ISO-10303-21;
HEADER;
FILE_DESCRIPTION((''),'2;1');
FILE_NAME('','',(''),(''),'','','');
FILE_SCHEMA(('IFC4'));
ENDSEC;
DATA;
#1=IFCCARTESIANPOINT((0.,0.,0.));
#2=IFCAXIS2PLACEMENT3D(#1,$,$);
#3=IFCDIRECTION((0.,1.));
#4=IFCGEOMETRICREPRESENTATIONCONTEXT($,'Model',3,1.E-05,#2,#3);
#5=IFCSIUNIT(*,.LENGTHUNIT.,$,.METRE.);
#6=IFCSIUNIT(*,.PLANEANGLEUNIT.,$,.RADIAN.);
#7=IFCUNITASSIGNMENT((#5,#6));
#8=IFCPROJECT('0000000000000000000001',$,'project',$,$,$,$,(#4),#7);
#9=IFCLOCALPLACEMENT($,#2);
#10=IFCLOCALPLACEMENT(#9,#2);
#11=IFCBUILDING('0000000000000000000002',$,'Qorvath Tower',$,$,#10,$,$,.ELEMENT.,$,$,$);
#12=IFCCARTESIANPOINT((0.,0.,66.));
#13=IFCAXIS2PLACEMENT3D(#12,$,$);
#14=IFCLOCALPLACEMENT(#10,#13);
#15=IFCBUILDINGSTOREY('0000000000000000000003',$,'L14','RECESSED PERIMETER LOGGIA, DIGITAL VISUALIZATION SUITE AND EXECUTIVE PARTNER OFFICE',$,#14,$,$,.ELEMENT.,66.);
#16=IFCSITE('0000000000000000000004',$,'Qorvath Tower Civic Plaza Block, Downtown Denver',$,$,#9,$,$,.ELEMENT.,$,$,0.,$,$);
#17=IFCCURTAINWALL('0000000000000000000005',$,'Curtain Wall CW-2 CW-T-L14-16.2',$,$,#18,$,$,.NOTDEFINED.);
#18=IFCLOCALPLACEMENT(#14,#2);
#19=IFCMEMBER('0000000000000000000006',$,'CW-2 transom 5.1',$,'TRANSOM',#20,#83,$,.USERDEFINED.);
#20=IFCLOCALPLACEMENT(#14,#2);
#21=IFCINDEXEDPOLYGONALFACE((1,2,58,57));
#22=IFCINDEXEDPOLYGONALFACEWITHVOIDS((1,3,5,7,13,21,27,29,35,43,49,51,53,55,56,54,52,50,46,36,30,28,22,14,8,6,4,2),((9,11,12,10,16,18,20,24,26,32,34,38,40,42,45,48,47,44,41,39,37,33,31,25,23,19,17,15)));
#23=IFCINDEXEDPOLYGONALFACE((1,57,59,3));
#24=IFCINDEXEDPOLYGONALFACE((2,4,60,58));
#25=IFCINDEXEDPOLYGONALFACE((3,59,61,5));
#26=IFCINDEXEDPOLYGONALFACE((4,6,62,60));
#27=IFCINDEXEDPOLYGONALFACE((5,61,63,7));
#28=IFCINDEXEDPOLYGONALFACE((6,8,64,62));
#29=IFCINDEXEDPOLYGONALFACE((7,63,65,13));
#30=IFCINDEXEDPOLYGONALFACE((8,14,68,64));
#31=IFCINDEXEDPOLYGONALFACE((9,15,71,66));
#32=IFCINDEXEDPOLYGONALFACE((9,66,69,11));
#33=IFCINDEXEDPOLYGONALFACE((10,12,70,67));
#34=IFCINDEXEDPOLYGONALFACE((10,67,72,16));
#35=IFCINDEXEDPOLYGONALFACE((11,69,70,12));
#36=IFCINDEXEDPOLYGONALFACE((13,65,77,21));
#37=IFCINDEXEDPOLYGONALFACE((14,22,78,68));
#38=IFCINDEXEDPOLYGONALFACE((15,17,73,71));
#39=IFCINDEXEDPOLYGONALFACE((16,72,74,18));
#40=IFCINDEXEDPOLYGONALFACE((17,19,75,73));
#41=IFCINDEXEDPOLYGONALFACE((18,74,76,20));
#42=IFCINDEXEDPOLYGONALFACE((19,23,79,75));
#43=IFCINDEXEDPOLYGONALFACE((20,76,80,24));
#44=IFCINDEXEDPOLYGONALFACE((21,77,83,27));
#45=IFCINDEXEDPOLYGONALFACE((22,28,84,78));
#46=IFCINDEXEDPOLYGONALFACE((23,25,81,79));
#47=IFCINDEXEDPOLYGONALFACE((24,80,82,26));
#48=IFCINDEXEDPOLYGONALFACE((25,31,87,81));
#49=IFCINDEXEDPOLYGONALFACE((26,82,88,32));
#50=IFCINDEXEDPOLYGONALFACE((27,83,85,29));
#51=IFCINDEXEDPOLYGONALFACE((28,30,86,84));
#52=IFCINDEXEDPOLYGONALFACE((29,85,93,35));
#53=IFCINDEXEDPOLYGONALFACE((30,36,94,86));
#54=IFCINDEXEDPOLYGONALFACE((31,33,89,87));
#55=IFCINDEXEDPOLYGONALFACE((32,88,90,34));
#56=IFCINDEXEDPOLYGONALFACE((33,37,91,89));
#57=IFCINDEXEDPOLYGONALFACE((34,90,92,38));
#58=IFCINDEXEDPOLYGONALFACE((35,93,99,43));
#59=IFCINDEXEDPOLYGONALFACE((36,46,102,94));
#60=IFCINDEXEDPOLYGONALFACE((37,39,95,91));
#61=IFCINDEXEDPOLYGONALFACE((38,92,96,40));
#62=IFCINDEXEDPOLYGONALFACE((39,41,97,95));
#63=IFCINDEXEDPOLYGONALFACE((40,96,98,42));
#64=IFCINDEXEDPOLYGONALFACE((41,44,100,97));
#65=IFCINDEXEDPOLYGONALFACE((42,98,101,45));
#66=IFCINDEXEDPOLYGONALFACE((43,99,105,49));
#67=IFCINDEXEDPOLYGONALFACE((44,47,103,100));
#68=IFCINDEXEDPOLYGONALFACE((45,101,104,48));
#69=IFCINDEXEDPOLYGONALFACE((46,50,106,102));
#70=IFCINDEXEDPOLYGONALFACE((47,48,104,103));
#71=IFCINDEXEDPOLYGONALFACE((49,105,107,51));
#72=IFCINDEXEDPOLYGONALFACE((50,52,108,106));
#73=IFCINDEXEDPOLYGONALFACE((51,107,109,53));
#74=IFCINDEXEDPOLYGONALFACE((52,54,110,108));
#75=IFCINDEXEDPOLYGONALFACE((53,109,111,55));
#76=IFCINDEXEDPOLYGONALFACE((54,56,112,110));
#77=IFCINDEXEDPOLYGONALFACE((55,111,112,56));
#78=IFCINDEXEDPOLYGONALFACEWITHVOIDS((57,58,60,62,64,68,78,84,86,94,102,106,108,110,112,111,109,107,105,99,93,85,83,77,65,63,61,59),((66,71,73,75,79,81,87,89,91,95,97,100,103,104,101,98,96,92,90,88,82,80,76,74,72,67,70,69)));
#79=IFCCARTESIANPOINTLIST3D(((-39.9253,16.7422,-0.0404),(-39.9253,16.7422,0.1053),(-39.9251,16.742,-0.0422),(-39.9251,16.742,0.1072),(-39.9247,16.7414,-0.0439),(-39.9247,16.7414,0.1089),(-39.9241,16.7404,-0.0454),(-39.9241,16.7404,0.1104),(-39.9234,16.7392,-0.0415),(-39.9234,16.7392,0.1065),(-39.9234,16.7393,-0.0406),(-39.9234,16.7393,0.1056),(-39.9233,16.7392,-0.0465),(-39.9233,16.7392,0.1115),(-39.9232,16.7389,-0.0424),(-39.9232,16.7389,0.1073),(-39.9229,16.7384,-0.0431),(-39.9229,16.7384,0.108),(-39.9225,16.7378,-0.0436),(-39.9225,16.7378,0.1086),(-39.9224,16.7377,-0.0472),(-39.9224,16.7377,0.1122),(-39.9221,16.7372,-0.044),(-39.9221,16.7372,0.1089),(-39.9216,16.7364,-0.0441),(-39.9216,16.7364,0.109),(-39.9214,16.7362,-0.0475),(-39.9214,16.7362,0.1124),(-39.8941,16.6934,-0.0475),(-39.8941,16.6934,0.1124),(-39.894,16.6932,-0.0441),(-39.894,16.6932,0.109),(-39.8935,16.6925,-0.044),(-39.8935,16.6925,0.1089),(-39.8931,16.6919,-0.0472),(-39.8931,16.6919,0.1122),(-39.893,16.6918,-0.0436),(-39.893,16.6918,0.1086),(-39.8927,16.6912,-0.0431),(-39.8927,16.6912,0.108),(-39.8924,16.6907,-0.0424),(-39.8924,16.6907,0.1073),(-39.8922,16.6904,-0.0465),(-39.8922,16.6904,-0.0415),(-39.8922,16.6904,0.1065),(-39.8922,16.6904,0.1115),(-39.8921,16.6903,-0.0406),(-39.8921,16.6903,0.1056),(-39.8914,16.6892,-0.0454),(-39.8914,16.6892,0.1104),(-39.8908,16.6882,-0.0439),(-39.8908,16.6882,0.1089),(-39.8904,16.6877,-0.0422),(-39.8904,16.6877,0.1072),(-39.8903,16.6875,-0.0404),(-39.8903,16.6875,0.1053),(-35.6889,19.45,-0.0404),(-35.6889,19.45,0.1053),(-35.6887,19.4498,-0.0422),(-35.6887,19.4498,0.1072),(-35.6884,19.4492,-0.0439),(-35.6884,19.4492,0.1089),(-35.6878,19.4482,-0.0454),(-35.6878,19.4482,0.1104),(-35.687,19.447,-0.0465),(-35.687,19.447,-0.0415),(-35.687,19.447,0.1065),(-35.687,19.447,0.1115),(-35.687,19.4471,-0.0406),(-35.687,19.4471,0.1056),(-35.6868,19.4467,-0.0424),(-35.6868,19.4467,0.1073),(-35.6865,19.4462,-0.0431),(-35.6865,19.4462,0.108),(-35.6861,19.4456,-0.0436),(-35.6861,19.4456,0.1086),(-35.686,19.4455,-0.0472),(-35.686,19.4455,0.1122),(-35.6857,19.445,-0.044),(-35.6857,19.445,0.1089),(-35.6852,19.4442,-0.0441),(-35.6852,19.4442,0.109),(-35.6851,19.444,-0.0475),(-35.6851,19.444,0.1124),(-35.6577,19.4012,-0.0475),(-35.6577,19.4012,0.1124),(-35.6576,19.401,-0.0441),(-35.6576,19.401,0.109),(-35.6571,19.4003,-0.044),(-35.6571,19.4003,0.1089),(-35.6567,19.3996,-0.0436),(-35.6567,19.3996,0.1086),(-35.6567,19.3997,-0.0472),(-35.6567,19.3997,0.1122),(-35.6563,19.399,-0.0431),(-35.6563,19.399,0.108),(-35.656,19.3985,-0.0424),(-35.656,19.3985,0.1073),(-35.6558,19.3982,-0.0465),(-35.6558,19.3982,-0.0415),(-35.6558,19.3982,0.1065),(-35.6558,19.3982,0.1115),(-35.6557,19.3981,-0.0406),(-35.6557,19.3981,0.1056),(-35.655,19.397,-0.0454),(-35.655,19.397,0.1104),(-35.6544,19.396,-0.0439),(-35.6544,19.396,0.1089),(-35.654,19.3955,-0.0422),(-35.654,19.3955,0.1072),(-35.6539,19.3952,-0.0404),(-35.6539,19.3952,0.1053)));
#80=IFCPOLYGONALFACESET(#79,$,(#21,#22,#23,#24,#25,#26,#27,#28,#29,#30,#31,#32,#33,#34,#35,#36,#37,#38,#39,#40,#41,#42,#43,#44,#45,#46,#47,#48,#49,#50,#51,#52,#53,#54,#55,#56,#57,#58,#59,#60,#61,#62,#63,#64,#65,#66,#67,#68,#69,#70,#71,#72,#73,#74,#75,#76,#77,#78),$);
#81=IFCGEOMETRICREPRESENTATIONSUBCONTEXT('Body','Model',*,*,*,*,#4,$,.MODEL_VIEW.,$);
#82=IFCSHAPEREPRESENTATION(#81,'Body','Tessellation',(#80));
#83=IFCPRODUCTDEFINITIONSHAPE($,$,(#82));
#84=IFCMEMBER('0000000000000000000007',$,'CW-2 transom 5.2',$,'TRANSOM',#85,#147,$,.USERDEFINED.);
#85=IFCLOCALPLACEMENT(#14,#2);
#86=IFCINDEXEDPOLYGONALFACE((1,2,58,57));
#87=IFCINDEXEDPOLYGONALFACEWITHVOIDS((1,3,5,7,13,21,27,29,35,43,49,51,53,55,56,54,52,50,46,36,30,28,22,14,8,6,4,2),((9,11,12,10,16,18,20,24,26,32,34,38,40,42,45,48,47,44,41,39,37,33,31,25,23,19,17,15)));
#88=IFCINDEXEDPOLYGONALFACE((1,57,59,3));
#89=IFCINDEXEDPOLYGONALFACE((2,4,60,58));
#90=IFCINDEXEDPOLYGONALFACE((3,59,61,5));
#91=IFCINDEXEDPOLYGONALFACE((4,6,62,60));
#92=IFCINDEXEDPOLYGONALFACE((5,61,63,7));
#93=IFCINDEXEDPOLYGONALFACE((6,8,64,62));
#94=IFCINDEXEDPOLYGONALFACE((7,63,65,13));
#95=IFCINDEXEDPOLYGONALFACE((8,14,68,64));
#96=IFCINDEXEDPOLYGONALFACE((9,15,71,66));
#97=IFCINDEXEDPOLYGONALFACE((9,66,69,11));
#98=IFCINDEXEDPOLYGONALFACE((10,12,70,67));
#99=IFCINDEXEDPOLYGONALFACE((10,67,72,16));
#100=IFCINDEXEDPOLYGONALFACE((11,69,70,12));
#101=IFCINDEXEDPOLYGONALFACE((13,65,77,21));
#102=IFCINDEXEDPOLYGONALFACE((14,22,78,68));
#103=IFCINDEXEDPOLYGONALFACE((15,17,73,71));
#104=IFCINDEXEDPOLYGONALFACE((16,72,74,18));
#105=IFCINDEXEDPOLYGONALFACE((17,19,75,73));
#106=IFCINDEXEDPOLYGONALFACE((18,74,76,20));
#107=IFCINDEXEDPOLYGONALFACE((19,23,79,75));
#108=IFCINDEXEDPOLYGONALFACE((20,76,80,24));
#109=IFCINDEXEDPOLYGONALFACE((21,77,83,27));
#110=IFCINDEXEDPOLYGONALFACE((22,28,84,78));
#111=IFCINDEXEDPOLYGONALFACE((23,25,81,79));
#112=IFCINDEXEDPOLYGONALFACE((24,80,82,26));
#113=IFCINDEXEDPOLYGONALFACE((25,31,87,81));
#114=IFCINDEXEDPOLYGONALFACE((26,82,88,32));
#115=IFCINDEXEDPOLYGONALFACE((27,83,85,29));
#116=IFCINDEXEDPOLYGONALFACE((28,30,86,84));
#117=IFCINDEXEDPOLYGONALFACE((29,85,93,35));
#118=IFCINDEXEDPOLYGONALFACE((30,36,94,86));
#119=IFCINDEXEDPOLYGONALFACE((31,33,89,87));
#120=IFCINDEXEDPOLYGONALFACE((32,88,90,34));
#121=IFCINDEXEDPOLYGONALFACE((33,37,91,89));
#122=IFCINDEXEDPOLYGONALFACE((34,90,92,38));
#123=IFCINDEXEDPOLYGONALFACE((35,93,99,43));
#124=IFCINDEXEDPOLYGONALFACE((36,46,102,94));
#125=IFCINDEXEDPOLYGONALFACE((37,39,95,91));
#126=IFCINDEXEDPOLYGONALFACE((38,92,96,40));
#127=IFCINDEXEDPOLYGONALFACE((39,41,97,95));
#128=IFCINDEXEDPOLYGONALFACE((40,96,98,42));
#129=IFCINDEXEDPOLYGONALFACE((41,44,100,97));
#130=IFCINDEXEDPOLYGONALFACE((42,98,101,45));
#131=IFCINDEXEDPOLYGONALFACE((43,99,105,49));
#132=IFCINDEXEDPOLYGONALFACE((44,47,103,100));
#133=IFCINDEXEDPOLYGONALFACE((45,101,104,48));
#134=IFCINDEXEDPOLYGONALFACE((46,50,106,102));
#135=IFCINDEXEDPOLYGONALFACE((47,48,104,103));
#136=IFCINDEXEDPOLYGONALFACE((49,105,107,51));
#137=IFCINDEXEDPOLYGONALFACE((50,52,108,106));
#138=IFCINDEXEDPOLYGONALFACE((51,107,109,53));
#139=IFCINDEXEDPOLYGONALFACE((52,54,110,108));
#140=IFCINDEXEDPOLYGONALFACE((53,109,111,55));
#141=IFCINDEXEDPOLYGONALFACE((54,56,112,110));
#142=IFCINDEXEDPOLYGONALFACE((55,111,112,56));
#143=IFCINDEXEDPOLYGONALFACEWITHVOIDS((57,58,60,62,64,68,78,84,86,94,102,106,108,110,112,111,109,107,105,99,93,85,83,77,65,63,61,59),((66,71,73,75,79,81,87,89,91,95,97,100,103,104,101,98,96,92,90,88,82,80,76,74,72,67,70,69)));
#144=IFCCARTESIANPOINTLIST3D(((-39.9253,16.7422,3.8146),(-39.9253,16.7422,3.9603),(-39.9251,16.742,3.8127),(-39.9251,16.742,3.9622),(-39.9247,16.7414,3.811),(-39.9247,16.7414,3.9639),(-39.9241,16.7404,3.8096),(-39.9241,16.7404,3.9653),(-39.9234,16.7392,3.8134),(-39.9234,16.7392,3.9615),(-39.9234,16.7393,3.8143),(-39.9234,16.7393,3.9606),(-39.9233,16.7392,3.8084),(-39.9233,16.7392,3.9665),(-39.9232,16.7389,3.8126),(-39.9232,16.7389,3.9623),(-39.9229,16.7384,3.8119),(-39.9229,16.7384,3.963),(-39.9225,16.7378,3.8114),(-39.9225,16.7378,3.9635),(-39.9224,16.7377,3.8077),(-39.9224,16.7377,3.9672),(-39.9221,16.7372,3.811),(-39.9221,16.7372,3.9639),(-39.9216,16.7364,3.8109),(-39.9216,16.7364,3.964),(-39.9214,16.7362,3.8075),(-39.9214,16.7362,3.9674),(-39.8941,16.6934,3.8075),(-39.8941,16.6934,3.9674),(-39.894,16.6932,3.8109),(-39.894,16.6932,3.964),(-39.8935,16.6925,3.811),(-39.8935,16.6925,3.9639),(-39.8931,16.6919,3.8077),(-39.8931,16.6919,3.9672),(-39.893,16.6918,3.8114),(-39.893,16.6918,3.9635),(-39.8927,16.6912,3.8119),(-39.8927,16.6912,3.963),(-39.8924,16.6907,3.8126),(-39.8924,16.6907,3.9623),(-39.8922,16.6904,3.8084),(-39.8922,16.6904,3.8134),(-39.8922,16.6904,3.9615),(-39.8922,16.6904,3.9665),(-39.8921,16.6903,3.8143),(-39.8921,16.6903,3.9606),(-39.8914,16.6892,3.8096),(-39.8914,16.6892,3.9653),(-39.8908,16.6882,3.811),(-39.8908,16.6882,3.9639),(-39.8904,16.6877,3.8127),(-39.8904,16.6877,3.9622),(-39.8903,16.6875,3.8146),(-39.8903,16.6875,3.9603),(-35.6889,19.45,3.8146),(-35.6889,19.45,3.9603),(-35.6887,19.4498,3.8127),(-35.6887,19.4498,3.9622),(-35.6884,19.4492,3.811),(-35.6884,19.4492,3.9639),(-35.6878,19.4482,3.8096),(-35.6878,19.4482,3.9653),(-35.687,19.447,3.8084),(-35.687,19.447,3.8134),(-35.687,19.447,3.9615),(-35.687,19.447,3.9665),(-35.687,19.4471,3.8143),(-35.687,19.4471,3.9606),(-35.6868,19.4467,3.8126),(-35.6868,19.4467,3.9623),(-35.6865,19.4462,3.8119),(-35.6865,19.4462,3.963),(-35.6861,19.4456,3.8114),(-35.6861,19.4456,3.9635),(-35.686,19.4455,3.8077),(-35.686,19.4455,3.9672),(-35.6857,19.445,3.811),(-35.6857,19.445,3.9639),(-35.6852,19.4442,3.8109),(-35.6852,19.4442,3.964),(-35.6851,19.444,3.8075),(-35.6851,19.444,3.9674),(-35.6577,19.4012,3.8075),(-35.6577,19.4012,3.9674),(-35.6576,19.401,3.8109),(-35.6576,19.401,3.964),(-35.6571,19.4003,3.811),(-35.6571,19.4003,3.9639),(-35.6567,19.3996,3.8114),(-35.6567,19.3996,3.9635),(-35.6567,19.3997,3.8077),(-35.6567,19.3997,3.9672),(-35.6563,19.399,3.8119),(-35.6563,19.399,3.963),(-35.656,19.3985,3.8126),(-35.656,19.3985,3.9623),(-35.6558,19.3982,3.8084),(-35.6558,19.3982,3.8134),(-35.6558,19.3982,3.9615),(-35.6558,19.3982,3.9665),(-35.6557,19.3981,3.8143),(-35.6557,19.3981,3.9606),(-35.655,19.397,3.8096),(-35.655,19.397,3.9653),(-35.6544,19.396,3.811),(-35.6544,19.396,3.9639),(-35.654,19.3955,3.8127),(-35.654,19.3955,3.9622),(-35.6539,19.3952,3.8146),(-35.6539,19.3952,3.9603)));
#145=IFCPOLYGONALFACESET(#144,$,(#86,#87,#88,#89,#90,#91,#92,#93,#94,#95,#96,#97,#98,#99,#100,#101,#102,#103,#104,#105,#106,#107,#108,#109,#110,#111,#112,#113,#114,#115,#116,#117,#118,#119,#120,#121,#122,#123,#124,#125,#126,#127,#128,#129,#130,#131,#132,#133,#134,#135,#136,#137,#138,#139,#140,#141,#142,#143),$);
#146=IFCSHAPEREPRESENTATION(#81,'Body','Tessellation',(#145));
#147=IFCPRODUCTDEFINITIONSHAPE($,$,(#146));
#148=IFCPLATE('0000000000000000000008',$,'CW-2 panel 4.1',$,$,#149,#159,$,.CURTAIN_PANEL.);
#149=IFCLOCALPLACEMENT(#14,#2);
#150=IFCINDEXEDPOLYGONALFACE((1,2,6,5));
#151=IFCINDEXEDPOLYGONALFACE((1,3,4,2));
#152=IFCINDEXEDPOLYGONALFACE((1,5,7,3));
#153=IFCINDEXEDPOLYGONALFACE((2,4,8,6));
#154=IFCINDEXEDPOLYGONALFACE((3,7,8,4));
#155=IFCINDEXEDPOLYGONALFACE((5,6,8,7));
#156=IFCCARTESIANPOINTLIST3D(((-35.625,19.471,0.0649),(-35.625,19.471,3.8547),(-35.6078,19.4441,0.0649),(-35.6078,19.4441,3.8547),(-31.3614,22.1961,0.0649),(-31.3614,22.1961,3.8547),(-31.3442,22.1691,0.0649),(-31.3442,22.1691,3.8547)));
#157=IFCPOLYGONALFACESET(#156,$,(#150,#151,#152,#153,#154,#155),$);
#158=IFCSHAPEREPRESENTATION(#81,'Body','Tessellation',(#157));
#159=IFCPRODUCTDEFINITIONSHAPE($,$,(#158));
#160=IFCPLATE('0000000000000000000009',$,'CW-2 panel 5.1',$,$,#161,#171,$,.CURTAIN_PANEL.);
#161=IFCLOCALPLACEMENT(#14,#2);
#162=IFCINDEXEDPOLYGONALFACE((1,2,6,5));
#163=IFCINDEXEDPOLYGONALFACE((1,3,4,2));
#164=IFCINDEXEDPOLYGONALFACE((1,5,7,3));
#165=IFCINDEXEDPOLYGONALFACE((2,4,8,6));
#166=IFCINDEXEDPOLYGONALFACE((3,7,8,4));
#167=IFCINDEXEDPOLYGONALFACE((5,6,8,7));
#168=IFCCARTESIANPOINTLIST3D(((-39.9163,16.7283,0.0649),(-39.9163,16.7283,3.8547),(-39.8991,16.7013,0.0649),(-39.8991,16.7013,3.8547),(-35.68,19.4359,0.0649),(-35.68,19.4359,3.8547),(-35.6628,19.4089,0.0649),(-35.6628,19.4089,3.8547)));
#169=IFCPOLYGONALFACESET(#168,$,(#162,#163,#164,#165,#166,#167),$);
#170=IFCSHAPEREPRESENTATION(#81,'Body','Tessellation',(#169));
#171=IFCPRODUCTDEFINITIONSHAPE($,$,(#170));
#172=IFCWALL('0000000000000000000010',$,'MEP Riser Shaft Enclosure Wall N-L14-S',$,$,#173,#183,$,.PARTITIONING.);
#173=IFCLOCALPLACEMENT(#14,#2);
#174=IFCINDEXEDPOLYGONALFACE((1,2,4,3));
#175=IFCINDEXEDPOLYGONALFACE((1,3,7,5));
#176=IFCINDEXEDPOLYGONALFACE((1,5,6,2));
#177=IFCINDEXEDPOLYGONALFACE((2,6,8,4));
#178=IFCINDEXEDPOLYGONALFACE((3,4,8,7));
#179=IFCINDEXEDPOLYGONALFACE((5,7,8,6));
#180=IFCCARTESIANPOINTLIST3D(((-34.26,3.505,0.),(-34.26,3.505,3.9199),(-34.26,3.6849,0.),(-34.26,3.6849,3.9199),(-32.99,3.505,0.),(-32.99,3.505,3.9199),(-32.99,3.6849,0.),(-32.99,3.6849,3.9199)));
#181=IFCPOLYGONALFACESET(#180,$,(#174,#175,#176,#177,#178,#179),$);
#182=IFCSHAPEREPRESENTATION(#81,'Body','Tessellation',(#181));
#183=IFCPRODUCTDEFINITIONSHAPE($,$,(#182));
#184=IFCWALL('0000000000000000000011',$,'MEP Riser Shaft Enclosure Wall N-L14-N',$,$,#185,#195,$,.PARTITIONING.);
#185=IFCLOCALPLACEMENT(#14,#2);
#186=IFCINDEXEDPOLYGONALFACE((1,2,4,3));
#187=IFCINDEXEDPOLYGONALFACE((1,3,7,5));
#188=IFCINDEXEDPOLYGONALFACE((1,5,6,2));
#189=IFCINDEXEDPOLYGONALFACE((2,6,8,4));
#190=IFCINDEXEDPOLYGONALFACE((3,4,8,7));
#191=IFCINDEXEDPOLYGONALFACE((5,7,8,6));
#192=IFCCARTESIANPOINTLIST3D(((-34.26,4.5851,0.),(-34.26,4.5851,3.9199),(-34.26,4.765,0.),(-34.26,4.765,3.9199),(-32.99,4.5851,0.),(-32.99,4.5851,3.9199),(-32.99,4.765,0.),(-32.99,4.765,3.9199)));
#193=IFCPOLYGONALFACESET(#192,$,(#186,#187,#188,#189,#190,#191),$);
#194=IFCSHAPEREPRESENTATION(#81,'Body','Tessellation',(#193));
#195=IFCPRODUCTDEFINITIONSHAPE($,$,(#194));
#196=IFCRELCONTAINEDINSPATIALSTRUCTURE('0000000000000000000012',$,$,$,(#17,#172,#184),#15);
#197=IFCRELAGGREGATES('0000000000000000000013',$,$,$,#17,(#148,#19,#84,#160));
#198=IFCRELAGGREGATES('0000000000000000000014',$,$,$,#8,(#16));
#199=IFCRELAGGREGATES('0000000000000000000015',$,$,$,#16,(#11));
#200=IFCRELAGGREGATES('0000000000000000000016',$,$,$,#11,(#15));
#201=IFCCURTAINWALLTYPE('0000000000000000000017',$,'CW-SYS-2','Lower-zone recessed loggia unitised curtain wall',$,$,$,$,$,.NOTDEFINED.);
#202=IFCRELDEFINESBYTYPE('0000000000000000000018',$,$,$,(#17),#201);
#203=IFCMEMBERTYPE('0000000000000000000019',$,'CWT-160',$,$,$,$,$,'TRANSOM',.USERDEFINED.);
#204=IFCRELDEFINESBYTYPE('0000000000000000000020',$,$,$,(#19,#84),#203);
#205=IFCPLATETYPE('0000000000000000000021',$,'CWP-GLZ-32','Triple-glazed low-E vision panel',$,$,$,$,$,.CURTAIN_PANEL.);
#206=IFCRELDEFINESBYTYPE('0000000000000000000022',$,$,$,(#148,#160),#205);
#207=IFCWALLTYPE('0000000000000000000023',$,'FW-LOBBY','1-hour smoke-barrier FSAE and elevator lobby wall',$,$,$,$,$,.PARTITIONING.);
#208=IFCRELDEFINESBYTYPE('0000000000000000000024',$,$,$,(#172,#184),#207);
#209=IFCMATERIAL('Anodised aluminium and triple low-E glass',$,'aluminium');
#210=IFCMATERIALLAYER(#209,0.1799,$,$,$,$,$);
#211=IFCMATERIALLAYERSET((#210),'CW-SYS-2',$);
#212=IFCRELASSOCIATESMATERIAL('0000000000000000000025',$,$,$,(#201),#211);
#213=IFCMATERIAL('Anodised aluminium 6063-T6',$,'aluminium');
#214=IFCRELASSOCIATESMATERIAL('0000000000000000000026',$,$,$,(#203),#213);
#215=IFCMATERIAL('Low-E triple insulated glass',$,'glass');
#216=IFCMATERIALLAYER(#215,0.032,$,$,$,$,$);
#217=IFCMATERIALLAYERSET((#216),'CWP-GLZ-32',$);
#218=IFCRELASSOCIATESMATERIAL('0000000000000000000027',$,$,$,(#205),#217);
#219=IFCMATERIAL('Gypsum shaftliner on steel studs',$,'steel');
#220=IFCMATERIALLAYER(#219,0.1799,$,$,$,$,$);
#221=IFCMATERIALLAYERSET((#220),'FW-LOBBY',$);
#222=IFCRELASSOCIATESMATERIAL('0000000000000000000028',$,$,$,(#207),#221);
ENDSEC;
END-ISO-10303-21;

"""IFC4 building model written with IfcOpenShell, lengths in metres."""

from ifc_helpers import new_model, si_unit, direction, frame, frame_2d, origin, origin_2d, place, context, subcontext, project, spatial, rectangle, hollow_rectangle, extrude, material, layer, layer_set, material_profile, profile_set, type_object, element, aggregate, save


model = new_model("IFC4")

# Units and contexts
model_context = context("Model", 3, precision=1e-05, world=origin(), true_north=direction((0.0, 1.0)))
body_context = subcontext(model_context, "Body", "Model", "MODEL_VIEW")
ifc_project = project(units=[si_unit("LENGTHUNIT", "METRE"), si_unit("PLANEANGLEUNIT", "RADIAN")], contexts=[model_context])

# Site, building, storey
site_placement = place(None, origin())
site = spatial("IfcSite", under=ifc_project, at=site_placement, Name="Qorvath Tower Civic Plaza Block, Downtown Denver", CompositionType="ELEMENT", RefElevation=0.0)
building_placement = place(site_placement, origin())
building = spatial("IfcBuilding", under=site, at=building_placement, Name="Qorvath Tower", CompositionType="ELEMENT")
storey_placement = place(building_placement, frame((0.0, 0.0, 66.0)))
storey = spatial("IfcBuildingStorey", under=building, at=storey_placement, Name="L14", Description="RECESSED PERIMETER LOGGIA, DIGITAL VISUALIZATION SUITE AND EXECUTIVE PARTNER OFFICE", CompositionType="ELEMENT", Elevation=66.0)

# Curtain wall, members, plates
ifc_material_1 = material(Name="Anodised aluminium and triple low-E glass", Category="aluminium")
ifc_layer_1 = layer(ifc_material_1, 0.1799)
ifc_layer_set_1 = layer_set([ifc_layer_1], Name="CW-SYS-2")
curtain_wall_type = type_object("IfcCurtainWallType", Name="CW-SYS-2", Description="Lower-zone recessed loggia unitised curtain wall", PredefinedType="NOTDEFINED", material=ifc_layer_set_1)
curtain_wall_placement = place(storey_placement, origin())
curtain_wall = element("IfcCurtainWall", 1, at=curtain_wall_placement, inside=storey, type_object=curtain_wall_type, Name="Curtain Wall CW-2 CW-T-L14-16.2", PredefinedType="NOTDEFINED")
ifc_material_2 = material(Name="Anodised aluminium 6063-T6", Category="aluminium")
ifc_material_profile_1 = material_profile(ifc_material_2, hollow_rectangle(XDim=0.0649, YDim=0.1599, WallThickness=0.0034, InnerFilletRadius=0.0034, OuterFilletRadius=0.0071, at=origin_2d()), Name="CWT 160x65")
ifc_profile_set_1 = profile_set([ifc_material_profile_1], Name="Anodised aluminium 6063-T6")
member_type_1 = type_object("IfcMemberType", Name="CWT-160", ElementType="TRANSOM", PredefinedType="USERDEFINED", material=ifc_profile_set_1)
member_1_placement = place(storey_placement, frame((-35.6714, 19.4226, 0.0325), z_axis=(-0.842586, -0.538562, 0.0), x_axis=(0.538562, -0.842586, 0.0)))
member_1 = element("IfcMember", 2, at=member_1_placement, type_object=member_type_1, Name="CW-2 transom 5.1", ObjectType="TRANSOM", PredefinedType="USERDEFINED", context=body_context, shape_type="SweptSolid", body=[
    extrude(hollow_rectangle(XDim=0.0649, YDim=0.1599, WallThickness=0.0034, InnerFilletRadius=0.0034, OuterFilletRadius=0.0071, at=origin_2d()), origin(), (0.0, 0.0, 1.0), 5.0278),
])
member_2_placement = place(storey_placement, frame((-35.6714, 19.4226, 3.8875), z_axis=(-0.842586, -0.538562, 0.0), x_axis=(0.538562, -0.842586, 0.0)))
member_2 = element("IfcMember", 3, at=member_2_placement, type_object=member_type_1, Name="CW-2 transom 5.2", ObjectType="TRANSOM", PredefinedType="USERDEFINED", context=body_context, shape_type="SweptSolid", body=[
    extrude(hollow_rectangle(XDim=0.0649, YDim=0.1599, WallThickness=0.0034, InnerFilletRadius=0.0034, OuterFilletRadius=0.0071, at=origin_2d()), origin(), (0.0, 0.0, 1.0), 5.0278),
])
ifc_material_3 = material(Name="Low-E triple insulated glass", Category="glass")
ifc_layer_2 = layer(ifc_material_3, 0.032)
ifc_layer_set_2 = layer_set([ifc_layer_2], Name="CWP-GLZ-32")
plate_type = type_object("IfcPlateType", Name="CWP-GLZ-32", Description="Triple-glazed low-E vision panel", PredefinedType="CURTAIN_PANEL", material=ifc_layer_set_2)
plate_1_placement = place(storey_placement, frame((-33.4846, 20.8201, 0.0649), z_axis=(0.0, 0.0, 1.0), x_axis=(-0.842599, -0.538542, 0.0)))
plate_1 = element("IfcPlate", 4, at=plate_1_placement, type_object=plate_type, Name="CW-2 panel 4.1", PredefinedType="CURTAIN_PANEL", context=body_context, shape_type="SweptSolid", body=[
    extrude(rectangle(XDim=5.0601, YDim=0.032, at=origin_2d()), origin(), (0.0, 0.0, 1.0), 3.7898),
])
plate_2_placement = place(storey_placement, frame((-37.7896, 18.0686, 0.0649), z_axis=(0.0, 0.0, 1.0), x_axis=(-0.842599, -0.538542, 0.0)))
plate_2 = element("IfcPlate", 5, at=plate_2_placement, type_object=plate_type, Name="CW-2 panel 5.1", PredefinedType="CURTAIN_PANEL", context=body_context, shape_type="SweptSolid", body=[
    extrude(rectangle(XDim=5.0276, YDim=0.032, at=origin_2d()), origin(), (0.0, 0.0, 1.0), 3.7898),
])
aggregate(curtain_wall, [plate_1, member_1, member_2, plate_2])

# Walls
ifc_material_4 = material(Name="Gypsum shaftliner on steel studs", Category="steel")
ifc_layer_3 = layer(ifc_material_4, 0.1799)
ifc_layer_set_3 = layer_set([ifc_layer_3], Name="FW-LOBBY")
wall_type_1 = type_object("IfcWallType", Name="FW-LOBBY", Description="1-hour smoke-barrier FSAE and elevator lobby wall", PredefinedType="PARTITIONING", material=ifc_layer_set_3)
for number, where, z_axis, x_axis, name in (
    (6, (-32.99, 3.595, 0.0), (0.0, 0.0, 1.0), (-1.0, 0.0, 0.0), "MEP Riser Shaft Enclosure Wall N-L14-S"),
    (7, (-34.26, 4.675, 0.0), (0.0, 0.0, 1.0), (1.0, 0.0, 0.0), "MEP Riser Shaft Enclosure Wall N-L14-N"),
):
    element("IfcWall", number, at=place(storey_placement, frame(where, z_axis=z_axis, x_axis=x_axis)), inside=storey, type_object=wall_type_1, Name=name, PredefinedType="PARTITIONING", context=body_context, shape_type="SweptSolid", body=[
        extrude(rectangle(XDim=1.27, YDim=0.1799, at=frame_2d((0.635, 0.0))), origin(), (0.0, 0.0, 1.0), 3.9199),
    ])

save(model, "model.ifc")
